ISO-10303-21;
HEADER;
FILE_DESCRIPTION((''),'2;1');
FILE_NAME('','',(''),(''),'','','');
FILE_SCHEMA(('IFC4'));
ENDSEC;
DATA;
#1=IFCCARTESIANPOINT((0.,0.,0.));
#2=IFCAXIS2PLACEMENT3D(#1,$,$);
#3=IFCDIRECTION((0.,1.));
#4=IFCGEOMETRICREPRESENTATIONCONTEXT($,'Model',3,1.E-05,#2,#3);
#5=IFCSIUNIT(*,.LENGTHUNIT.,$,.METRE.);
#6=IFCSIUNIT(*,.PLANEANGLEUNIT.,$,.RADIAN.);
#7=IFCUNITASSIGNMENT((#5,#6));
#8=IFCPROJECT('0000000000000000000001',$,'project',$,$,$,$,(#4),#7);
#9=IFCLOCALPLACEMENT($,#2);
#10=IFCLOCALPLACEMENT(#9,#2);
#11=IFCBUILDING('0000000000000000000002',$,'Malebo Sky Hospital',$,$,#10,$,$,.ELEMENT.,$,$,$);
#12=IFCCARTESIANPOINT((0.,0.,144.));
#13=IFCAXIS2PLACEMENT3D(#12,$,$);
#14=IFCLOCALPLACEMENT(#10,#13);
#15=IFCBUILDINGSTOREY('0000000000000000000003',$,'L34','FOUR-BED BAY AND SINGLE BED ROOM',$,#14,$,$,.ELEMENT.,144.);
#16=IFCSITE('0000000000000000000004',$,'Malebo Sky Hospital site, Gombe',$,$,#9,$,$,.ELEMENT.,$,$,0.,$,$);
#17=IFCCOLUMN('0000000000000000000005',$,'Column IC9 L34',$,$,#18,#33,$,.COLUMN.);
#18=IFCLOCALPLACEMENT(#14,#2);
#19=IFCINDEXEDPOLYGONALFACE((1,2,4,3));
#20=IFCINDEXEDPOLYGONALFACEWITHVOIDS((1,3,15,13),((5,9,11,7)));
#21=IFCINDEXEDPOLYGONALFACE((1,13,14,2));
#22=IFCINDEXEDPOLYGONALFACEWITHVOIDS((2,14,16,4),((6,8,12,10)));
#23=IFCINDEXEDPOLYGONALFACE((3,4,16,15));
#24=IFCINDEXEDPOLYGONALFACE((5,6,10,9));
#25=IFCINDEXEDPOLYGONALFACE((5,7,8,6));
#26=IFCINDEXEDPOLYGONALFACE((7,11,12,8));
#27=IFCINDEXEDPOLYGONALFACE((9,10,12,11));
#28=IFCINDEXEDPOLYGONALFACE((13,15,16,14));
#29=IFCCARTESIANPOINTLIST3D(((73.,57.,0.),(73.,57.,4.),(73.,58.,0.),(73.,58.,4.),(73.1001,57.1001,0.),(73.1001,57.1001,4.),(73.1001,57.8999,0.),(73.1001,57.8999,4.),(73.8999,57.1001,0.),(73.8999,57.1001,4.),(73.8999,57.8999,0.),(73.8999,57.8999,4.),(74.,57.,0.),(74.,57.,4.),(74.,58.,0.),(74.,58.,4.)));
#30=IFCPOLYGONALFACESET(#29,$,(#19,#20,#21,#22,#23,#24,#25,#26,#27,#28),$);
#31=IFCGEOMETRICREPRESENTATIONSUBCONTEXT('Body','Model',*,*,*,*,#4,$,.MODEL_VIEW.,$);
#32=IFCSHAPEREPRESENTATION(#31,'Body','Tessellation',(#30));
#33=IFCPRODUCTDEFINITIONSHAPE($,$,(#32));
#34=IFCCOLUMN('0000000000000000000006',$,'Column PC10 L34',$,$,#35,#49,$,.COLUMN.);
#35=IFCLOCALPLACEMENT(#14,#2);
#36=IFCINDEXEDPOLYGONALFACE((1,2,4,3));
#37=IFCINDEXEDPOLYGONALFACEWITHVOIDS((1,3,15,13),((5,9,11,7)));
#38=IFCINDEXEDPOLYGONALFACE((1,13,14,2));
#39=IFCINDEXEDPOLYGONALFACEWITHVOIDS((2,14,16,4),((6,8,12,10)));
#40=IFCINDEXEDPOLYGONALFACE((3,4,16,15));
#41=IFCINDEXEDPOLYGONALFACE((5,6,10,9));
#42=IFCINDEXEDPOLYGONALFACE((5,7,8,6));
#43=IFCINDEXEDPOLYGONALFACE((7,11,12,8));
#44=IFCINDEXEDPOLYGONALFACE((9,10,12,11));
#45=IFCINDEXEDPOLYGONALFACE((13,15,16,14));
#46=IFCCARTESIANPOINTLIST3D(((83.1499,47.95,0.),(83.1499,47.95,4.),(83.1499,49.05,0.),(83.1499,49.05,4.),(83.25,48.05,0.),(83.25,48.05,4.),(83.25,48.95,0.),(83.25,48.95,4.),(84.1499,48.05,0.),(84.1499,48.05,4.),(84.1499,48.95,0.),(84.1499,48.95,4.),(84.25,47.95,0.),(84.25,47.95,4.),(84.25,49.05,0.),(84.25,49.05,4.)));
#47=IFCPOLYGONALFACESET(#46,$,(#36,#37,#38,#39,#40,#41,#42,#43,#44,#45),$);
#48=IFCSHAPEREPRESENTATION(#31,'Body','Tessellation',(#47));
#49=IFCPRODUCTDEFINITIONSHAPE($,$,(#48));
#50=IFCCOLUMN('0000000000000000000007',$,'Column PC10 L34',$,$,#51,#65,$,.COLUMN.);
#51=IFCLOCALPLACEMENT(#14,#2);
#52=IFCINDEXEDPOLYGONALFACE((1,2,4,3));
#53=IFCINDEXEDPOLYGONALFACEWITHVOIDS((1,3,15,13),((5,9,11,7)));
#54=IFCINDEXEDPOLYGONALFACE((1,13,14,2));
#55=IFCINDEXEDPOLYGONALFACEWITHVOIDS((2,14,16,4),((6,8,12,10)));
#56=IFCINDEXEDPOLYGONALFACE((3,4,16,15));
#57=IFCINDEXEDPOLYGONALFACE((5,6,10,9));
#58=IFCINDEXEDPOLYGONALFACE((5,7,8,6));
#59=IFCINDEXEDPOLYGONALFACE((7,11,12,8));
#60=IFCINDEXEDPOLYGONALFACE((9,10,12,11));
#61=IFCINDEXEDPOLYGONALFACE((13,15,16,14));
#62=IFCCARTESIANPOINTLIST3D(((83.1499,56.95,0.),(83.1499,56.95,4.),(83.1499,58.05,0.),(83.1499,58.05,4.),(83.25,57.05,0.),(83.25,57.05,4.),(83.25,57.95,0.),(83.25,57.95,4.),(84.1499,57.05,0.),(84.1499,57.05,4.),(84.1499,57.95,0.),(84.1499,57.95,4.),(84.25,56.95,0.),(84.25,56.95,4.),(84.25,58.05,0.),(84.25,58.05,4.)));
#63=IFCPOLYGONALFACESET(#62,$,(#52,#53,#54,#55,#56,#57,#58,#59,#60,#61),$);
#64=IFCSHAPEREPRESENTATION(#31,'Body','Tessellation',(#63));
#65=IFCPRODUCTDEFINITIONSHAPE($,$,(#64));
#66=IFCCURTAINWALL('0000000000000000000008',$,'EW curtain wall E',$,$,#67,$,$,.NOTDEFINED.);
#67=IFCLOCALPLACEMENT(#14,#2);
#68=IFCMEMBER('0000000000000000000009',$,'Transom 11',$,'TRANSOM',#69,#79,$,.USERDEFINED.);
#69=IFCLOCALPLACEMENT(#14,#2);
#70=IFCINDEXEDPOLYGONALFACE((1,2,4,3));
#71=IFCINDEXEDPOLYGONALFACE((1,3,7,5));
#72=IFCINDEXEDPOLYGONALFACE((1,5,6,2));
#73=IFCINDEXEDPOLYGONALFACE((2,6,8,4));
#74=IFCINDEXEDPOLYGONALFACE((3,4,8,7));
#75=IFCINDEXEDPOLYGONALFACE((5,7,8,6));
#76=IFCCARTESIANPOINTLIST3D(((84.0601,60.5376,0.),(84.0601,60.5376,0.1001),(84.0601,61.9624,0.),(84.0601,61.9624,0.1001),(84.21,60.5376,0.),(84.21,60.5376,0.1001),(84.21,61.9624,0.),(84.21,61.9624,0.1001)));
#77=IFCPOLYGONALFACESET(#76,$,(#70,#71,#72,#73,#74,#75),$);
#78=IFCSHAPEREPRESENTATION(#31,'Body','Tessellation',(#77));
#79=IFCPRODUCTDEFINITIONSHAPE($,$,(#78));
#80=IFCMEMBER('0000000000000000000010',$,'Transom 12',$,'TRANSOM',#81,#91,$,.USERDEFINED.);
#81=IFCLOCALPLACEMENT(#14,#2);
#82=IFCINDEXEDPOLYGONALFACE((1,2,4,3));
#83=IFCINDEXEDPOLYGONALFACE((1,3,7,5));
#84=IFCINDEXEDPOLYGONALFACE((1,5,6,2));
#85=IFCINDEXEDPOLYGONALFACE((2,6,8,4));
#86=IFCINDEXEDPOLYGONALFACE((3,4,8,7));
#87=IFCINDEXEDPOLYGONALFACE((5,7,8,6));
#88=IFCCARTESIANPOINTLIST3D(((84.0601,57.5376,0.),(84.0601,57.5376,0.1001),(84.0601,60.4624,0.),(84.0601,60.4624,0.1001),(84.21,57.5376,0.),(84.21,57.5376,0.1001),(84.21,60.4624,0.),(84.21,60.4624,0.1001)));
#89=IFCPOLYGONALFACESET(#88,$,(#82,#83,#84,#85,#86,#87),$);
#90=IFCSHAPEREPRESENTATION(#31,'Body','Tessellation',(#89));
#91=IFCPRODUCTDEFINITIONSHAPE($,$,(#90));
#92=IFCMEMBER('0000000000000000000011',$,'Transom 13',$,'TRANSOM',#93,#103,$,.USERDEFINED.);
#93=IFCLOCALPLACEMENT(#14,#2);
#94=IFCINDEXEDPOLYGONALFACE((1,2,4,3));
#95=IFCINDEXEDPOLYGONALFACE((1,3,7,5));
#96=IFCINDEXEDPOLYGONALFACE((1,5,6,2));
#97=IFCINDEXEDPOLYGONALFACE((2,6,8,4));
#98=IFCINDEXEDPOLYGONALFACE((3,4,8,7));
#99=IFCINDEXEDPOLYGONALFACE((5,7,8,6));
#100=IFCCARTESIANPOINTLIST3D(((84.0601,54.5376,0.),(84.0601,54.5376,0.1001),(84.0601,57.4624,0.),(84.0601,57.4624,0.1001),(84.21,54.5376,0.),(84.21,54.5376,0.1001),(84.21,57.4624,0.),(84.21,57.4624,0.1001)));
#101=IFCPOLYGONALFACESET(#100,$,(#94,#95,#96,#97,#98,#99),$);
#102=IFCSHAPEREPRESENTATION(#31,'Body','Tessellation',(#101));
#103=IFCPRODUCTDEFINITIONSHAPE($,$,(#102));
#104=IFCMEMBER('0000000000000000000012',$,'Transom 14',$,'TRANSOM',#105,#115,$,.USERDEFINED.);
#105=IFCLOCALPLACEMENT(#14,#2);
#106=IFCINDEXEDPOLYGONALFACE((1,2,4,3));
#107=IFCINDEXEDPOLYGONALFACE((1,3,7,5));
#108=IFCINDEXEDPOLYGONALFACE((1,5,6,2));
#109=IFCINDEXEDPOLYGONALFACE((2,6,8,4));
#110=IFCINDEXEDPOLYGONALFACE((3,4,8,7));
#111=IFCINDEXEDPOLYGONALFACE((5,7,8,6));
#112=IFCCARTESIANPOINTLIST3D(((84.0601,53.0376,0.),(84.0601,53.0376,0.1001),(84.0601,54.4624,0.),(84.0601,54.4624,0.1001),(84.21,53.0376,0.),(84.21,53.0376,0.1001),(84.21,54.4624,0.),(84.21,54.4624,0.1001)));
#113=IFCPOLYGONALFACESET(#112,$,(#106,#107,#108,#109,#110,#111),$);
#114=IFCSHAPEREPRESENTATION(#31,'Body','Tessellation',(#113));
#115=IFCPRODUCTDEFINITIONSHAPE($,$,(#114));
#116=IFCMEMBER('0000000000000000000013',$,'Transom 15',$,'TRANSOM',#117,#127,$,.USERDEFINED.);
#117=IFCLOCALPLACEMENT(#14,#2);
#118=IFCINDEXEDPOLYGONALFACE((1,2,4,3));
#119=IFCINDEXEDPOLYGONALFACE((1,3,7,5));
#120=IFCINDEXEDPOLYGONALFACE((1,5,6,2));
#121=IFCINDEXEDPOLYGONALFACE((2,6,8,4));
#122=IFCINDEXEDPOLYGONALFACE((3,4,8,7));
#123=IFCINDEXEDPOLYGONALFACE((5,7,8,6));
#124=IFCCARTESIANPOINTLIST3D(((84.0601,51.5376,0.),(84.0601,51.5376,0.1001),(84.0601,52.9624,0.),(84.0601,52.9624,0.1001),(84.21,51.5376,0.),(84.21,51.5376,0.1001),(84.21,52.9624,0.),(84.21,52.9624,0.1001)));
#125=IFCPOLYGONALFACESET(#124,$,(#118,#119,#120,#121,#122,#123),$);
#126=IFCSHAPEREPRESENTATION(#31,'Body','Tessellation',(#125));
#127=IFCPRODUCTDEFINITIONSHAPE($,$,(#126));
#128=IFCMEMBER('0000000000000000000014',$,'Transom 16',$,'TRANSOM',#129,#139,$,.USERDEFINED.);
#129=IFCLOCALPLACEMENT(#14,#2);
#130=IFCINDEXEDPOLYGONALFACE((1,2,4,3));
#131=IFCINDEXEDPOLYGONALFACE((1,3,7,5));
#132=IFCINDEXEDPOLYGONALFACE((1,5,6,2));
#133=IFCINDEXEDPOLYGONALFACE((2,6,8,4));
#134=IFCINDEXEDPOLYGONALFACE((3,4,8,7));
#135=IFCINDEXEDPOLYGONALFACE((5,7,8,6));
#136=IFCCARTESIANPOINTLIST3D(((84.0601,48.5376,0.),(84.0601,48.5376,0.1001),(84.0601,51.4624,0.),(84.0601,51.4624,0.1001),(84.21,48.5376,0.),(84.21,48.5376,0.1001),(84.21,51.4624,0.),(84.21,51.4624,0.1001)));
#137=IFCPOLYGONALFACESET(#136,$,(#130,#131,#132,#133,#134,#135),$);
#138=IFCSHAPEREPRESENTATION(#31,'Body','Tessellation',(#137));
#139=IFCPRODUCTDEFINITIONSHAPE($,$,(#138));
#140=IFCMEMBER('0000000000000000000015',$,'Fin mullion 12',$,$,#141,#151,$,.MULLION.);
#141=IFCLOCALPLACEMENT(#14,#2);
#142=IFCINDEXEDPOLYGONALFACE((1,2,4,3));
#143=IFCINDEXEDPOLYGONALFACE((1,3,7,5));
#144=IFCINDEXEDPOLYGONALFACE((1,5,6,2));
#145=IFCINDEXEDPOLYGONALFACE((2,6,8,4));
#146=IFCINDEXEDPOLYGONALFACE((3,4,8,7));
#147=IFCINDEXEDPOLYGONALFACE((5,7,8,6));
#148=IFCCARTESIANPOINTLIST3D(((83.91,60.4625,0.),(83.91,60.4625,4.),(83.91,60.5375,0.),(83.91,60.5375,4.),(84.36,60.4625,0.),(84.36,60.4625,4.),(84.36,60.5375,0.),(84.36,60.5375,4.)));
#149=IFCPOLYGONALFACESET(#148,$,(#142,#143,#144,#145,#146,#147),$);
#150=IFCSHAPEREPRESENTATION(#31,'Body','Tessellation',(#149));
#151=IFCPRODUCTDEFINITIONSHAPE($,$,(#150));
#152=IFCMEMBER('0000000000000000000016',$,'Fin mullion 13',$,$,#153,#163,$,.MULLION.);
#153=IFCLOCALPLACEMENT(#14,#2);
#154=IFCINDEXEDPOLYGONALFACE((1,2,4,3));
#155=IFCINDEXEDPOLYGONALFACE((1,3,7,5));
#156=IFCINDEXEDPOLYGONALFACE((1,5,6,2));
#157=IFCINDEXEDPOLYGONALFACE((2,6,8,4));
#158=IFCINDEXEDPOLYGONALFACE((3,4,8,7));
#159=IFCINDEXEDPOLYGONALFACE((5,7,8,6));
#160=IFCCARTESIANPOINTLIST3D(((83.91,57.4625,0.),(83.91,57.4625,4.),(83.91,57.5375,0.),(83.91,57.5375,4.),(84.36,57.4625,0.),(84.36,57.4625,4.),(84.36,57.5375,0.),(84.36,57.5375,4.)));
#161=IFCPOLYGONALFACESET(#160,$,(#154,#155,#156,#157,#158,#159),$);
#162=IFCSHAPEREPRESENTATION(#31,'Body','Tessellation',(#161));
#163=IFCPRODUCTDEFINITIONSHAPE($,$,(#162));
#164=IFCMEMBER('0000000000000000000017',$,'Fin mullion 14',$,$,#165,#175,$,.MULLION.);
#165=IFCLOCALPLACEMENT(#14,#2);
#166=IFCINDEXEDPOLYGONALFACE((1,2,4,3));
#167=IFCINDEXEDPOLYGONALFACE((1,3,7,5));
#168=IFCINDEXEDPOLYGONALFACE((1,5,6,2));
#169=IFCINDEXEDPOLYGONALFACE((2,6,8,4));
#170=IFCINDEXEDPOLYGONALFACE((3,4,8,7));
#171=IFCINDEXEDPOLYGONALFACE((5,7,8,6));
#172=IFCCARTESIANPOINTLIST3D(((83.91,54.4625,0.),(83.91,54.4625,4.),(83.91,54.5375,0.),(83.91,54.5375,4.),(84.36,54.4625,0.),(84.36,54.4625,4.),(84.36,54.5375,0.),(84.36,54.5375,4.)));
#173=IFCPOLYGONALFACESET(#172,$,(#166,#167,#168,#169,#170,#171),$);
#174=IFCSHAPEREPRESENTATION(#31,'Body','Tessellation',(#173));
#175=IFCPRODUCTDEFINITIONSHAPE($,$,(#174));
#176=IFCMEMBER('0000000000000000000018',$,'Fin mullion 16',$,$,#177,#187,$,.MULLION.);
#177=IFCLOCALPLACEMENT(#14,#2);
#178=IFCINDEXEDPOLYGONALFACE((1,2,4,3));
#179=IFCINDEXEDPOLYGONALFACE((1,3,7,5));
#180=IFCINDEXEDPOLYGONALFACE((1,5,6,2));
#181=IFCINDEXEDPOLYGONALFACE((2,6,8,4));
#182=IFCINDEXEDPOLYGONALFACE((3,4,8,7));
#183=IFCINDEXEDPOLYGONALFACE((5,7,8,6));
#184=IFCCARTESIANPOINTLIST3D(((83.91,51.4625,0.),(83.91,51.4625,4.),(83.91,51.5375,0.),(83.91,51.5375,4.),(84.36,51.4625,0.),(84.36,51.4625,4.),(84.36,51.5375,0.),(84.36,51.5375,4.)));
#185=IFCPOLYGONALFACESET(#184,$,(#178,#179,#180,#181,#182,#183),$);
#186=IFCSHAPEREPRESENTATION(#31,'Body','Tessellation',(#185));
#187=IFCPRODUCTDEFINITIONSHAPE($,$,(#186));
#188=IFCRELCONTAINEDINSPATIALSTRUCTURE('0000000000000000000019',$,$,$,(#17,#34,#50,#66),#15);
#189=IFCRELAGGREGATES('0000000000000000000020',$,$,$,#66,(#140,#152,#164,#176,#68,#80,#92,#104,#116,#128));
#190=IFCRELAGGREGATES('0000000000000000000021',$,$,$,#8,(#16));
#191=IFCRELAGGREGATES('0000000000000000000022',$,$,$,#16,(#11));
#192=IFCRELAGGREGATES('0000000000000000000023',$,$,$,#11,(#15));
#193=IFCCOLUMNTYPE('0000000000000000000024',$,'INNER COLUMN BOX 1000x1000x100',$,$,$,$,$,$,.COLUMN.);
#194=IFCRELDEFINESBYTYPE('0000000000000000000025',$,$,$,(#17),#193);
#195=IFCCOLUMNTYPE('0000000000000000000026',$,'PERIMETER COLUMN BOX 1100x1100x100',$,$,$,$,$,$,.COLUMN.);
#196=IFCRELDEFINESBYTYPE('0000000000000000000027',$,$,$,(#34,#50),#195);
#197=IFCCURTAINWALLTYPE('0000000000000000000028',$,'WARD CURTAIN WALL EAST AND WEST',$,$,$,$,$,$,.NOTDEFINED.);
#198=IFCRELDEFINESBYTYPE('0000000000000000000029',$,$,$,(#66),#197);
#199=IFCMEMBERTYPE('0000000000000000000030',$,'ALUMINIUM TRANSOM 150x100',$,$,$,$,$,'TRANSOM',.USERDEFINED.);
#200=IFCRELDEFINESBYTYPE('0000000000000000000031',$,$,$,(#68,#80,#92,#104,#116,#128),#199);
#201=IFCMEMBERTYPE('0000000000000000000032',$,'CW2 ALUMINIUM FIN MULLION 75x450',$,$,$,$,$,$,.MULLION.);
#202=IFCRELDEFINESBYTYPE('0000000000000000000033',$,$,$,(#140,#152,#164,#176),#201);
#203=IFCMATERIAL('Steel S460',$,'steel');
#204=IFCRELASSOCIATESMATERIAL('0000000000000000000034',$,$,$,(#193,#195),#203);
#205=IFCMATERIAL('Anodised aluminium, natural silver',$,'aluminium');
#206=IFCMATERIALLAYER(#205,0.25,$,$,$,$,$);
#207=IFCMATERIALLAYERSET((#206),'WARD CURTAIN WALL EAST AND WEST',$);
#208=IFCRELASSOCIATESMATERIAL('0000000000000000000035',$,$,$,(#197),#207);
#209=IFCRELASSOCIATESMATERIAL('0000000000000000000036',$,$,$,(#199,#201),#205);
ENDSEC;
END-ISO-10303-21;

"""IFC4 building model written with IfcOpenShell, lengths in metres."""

from ifc_helpers import new_model, si_unit, direction, frame, origin, origin_2d, place, context, subcontext, project, spatial, rectangle, hollow_rectangle, extrude, material, layer, layer_set, material_profile, profile_set, type_object, element, aggregate, save


model = new_model("IFC4")

# Units and contexts
model_context = context("Model", 3, precision=1e-05, world=origin(), true_north=direction((0.0, 1.0)))
body_context = subcontext(model_context, "Body", "Model", "MODEL_VIEW")
ifc_project = project(units=[si_unit("LENGTHUNIT", "METRE"), si_unit("PLANEANGLEUNIT", "RADIAN")], contexts=[model_context])

# Site, building, storey
site_placement = place(None, origin())
site = spatial("IfcSite", under=ifc_project, at=site_placement, Name="Malebo Sky Hospital site, Gombe", CompositionType="ELEMENT", RefElevation=0.0)
building_placement = place(site_placement, origin())
building = spatial("IfcBuilding", under=site, at=building_placement, Name="Malebo Sky Hospital", CompositionType="ELEMENT")
storey_placement = place(building_placement, frame((0.0, 0.0, 144.0)))
storey = spatial("IfcBuildingStorey", under=building, at=storey_placement, Name="L34", Description="FOUR-BED BAY AND SINGLE BED ROOM", CompositionType="ELEMENT", Elevation=144.0)

# Columns
ifc_material_1 = material(Name="Steel S460", Category="steel")
ifc_material_profile_1 = material_profile(ifc_material_1, hollow_rectangle(XDim=1.0, YDim=1.0, WallThickness=0.1001, at=origin_2d()), Name="BOX 1000x1000x100")
ifc_profile_set_1 = profile_set([ifc_material_profile_1], Name="Steel S460")
column_type_1 = type_object("IfcColumnType", Name="INNER COLUMN BOX 1000x1000x100", PredefinedType="COLUMN", material=ifc_profile_set_1)
column_placement = place(storey_placement, frame((73.5, 57.5, 0.0), z_axis=(0.0, 0.0, 1.0), x_axis=(1.0, 0.0, 0.0)))
element("IfcColumn", 1, at=column_placement, inside=storey, type_object=column_type_1, Name="Column IC9 L34", PredefinedType="COLUMN", context=body_context, shape_type="SweptSolid", body=[
    extrude(hollow_rectangle(XDim=1.0, YDim=1.0, WallThickness=0.1001, at=origin_2d()), origin(), (0.0, 0.0, 1.0), 4.0),
])
ifc_material_profile_2 = material_profile(ifc_material_1, hollow_rectangle(XDim=1.1001, YDim=1.1001, WallThickness=0.1001, at=origin_2d()), Name="BOX 1100x1100x100")
ifc_profile_set_2 = profile_set([ifc_material_profile_2], Name="Steel S460")
column_type_2 = type_object("IfcColumnType", Name="PERIMETER COLUMN BOX 1100x1100x100", PredefinedType="COLUMN", material=ifc_profile_set_2)
for number, where, z_axis, x_axis, name in (
    (2, (83.7, 48.5, 0.0), (0.0, 0.0, 1.0), (1.0, 0.0, 0.0), "Column PC10 L34"),
    (3, (83.7, 57.5, 0.0), (0.0, 0.0, 1.0), (1.0, 0.0, 0.0), "Column PC10 L34"),
):
    element("IfcColumn", number, at=place(storey_placement, frame(where, z_axis=z_axis, x_axis=x_axis)), inside=storey, type_object=column_type_2, Name=name, PredefinedType="COLUMN", context=body_context, shape_type="SweptSolid", body=[
        extrude(hollow_rectangle(XDim=1.1001, YDim=1.1001, WallThickness=0.1001, at=origin_2d()), origin(), (0.0, 0.0, 1.0), 4.0),
    ])

# Curtain wall, members
ifc_material_2 = material(Name="Anodised aluminium, natural silver", Category="aluminium")
ifc_layer_1 = layer(ifc_material_2, 0.25)
ifc_layer_set_1 = layer_set([ifc_layer_1], Name="WARD CURTAIN WALL EAST AND WEST")
curtain_wall_type = type_object("IfcCurtainWallType", Name="WARD CURTAIN WALL EAST AND WEST", PredefinedType="NOTDEFINED", material=ifc_layer_set_1)
curtain_wall_placement = place(storey_placement, origin())
curtain_wall = element("IfcCurtainWall", 4, at=curtain_wall_placement, inside=storey, type_object=curtain_wall_type, Name="EW curtain wall E", PredefinedType="NOTDEFINED")
ifc_material_profile_3 = material_profile(ifc_material_2, rectangle(XDim=0.1499, YDim=0.1001, at=origin_2d()), Name="ALUMINIUM TRANSOM 150x100")
ifc_profile_set_3 = profile_set([ifc_material_profile_3], Name="Anodised aluminium, natural silver")
member_type_1 = type_object("IfcMemberType", Name="ALUMINIUM TRANSOM 150x100", ElementType="TRANSOM", PredefinedType="USERDEFINED", material=ifc_profile_set_3)
member_1_placement = place(storey_placement, frame((84.135, 61.9624, 0.05), z_axis=(0.0, -1.0, 0.0), x_axis=(1.0, 0.0, 0.0)))
member_1 = element("IfcMember", 5, at=member_1_placement, type_object=member_type_1, Name="Transom 11", ObjectType="TRANSOM", PredefinedType="USERDEFINED", context=body_context, shape_type="SweptSolid", body=[
    extrude(rectangle(XDim=0.1499, YDim=0.1001, at=origin_2d()), origin(), (0.0, 0.0, 1.0), 1.4248),
])
member_2_placement = place(storey_placement, frame((84.135, 60.4624, 0.05), z_axis=(0.0, -1.0, 0.0), x_axis=(1.0, 0.0, 0.0)))
member_2 = element("IfcMember", 6, at=member_2_placement, type_object=member_type_1, Name="Transom 12", ObjectType="TRANSOM", PredefinedType="USERDEFINED", context=body_context, shape_type="SweptSolid", body=[
    extrude(rectangle(XDim=0.1499, YDim=0.1001, at=origin_2d()), origin(), (0.0, 0.0, 1.0), 2.9248),
])
member_3_placement = place(storey_placement, frame((84.135, 57.4624, 0.05), z_axis=(0.0, -1.0, 0.0), x_axis=(1.0, 0.0, 0.0)))
member_3 = element("IfcMember", 7, at=member_3_placement, type_object=member_type_1, Name="Transom 13", ObjectType="TRANSOM", PredefinedType="USERDEFINED", context=body_context, shape_type="SweptSolid", body=[
    extrude(rectangle(XDim=0.1499, YDim=0.1001, at=origin_2d()), origin(), (0.0, 0.0, 1.0), 2.9248),
])
member_4_placement = place(storey_placement, frame((84.135, 54.4624, 0.05), z_axis=(0.0, -1.0, 0.0), x_axis=(1.0, 0.0, 0.0)))
member_4 = element("IfcMember", 8, at=member_4_placement, type_object=member_type_1, Name="Transom 14", ObjectType="TRANSOM", PredefinedType="USERDEFINED", context=body_context, shape_type="SweptSolid", body=[
    extrude(rectangle(XDim=0.1499, YDim=0.1001, at=origin_2d()), origin(), (0.0, 0.0, 1.0), 1.4248),
])
member_5_placement = place(storey_placement, frame((84.135, 52.9624, 0.05), z_axis=(0.0, -1.0, 0.0), x_axis=(1.0, 0.0, 0.0)))
member_5 = element("IfcMember", 9, at=member_5_placement, type_object=member_type_1, Name="Transom 15", ObjectType="TRANSOM", PredefinedType="USERDEFINED", context=body_context, shape_type="SweptSolid", body=[
    extrude(rectangle(XDim=0.1499, YDim=0.1001, at=origin_2d()), origin(), (0.0, 0.0, 1.0), 1.4248),
])
member_6_placement = place(storey_placement, frame((84.135, 51.4624, 0.05), z_axis=(0.0, -1.0, 0.0), x_axis=(1.0, 0.0, 0.0)))
member_6 = element("IfcMember", 10, at=member_6_placement, type_object=member_type_1, Name="Transom 16", ObjectType="TRANSOM", PredefinedType="USERDEFINED", context=body_context, shape_type="SweptSolid", body=[
    extrude(rectangle(XDim=0.1499, YDim=0.1001, at=origin_2d()), origin(), (0.0, 0.0, 1.0), 2.9248),
])
ifc_material_profile_4 = material_profile(ifc_material_2, rectangle(XDim=0.075, YDim=0.45, at=origin_2d()), Name="CW2 ALUMINIUM FIN MULLION 75x450")
ifc_profile_set_4 = profile_set([ifc_material_profile_4], Name="Anodised aluminium, natural silver")
member_type_2 = type_object("IfcMemberType", Name="CW2 ALUMINIUM FIN MULLION 75x450", PredefinedType="MULLION", material=ifc_profile_set_4)
member_7_placement = place(storey_placement, frame((84.135, 60.5, 0.0), z_axis=(0.0, 0.0, 1.0), x_axis=(0.0, -1.0, 0.0)))
member_7 = element("IfcMember", 11, at=member_7_placement, type_object=member_type_2, Name="Fin mullion 12", PredefinedType="MULLION", context=body_context, shape_type="SweptSolid", body=[
    extrude(rectangle(XDim=0.075, YDim=0.45, at=origin_2d()), origin(), (0.0, 0.0, 1.0), 4.0),
])
member_8_placement = place(storey_placement, frame((84.135, 57.5, 0.0), z_axis=(0.0, 0.0, 1.0), x_axis=(0.0, -1.0, 0.0)))
member_8 = element("IfcMember", 12, at=member_8_placement, type_object=member_type_2, Name="Fin mullion 13", PredefinedType="MULLION", context=body_context, shape_type="SweptSolid", body=[
    extrude(rectangle(XDim=0.075, YDim=0.45, at=origin_2d()), origin(), (0.0, 0.0, 1.0), 4.0),
])
member_9_placement = place(storey_placement, frame((84.135, 54.5, 0.0), z_axis=(0.0, 0.0, 1.0), x_axis=(0.0, -1.0, 0.0)))
member_9 = element("IfcMember", 13, at=member_9_placement, type_object=member_type_2, Name="Fin mullion 14", PredefinedType="MULLION", context=body_context, shape_type="SweptSolid", body=[
    extrude(rectangle(XDim=0.075, YDim=0.45, at=origin_2d()), origin(), (0.0, 0.0, 1.0), 4.0),
])
member_10_placement = place(storey_placement, frame((84.135, 51.5, 0.0), z_axis=(0.0, 0.0, 1.0), x_axis=(0.0, -1.0, 0.0)))
member_10 = element("IfcMember", 14, at=member_10_placement, type_object=member_type_2, Name="Fin mullion 16", PredefinedType="MULLION", context=body_context, shape_type="SweptSolid", body=[
    extrude(rectangle(XDim=0.075, YDim=0.45, at=origin_2d()), origin(), (0.0, 0.0, 1.0), 4.0),
])

aggregate(curtain_wall, [member_7, member_8, member_9, member_10, member_1, member_2, member_3, member_4, member_5, member_6])

save(model, "model.ifc")
